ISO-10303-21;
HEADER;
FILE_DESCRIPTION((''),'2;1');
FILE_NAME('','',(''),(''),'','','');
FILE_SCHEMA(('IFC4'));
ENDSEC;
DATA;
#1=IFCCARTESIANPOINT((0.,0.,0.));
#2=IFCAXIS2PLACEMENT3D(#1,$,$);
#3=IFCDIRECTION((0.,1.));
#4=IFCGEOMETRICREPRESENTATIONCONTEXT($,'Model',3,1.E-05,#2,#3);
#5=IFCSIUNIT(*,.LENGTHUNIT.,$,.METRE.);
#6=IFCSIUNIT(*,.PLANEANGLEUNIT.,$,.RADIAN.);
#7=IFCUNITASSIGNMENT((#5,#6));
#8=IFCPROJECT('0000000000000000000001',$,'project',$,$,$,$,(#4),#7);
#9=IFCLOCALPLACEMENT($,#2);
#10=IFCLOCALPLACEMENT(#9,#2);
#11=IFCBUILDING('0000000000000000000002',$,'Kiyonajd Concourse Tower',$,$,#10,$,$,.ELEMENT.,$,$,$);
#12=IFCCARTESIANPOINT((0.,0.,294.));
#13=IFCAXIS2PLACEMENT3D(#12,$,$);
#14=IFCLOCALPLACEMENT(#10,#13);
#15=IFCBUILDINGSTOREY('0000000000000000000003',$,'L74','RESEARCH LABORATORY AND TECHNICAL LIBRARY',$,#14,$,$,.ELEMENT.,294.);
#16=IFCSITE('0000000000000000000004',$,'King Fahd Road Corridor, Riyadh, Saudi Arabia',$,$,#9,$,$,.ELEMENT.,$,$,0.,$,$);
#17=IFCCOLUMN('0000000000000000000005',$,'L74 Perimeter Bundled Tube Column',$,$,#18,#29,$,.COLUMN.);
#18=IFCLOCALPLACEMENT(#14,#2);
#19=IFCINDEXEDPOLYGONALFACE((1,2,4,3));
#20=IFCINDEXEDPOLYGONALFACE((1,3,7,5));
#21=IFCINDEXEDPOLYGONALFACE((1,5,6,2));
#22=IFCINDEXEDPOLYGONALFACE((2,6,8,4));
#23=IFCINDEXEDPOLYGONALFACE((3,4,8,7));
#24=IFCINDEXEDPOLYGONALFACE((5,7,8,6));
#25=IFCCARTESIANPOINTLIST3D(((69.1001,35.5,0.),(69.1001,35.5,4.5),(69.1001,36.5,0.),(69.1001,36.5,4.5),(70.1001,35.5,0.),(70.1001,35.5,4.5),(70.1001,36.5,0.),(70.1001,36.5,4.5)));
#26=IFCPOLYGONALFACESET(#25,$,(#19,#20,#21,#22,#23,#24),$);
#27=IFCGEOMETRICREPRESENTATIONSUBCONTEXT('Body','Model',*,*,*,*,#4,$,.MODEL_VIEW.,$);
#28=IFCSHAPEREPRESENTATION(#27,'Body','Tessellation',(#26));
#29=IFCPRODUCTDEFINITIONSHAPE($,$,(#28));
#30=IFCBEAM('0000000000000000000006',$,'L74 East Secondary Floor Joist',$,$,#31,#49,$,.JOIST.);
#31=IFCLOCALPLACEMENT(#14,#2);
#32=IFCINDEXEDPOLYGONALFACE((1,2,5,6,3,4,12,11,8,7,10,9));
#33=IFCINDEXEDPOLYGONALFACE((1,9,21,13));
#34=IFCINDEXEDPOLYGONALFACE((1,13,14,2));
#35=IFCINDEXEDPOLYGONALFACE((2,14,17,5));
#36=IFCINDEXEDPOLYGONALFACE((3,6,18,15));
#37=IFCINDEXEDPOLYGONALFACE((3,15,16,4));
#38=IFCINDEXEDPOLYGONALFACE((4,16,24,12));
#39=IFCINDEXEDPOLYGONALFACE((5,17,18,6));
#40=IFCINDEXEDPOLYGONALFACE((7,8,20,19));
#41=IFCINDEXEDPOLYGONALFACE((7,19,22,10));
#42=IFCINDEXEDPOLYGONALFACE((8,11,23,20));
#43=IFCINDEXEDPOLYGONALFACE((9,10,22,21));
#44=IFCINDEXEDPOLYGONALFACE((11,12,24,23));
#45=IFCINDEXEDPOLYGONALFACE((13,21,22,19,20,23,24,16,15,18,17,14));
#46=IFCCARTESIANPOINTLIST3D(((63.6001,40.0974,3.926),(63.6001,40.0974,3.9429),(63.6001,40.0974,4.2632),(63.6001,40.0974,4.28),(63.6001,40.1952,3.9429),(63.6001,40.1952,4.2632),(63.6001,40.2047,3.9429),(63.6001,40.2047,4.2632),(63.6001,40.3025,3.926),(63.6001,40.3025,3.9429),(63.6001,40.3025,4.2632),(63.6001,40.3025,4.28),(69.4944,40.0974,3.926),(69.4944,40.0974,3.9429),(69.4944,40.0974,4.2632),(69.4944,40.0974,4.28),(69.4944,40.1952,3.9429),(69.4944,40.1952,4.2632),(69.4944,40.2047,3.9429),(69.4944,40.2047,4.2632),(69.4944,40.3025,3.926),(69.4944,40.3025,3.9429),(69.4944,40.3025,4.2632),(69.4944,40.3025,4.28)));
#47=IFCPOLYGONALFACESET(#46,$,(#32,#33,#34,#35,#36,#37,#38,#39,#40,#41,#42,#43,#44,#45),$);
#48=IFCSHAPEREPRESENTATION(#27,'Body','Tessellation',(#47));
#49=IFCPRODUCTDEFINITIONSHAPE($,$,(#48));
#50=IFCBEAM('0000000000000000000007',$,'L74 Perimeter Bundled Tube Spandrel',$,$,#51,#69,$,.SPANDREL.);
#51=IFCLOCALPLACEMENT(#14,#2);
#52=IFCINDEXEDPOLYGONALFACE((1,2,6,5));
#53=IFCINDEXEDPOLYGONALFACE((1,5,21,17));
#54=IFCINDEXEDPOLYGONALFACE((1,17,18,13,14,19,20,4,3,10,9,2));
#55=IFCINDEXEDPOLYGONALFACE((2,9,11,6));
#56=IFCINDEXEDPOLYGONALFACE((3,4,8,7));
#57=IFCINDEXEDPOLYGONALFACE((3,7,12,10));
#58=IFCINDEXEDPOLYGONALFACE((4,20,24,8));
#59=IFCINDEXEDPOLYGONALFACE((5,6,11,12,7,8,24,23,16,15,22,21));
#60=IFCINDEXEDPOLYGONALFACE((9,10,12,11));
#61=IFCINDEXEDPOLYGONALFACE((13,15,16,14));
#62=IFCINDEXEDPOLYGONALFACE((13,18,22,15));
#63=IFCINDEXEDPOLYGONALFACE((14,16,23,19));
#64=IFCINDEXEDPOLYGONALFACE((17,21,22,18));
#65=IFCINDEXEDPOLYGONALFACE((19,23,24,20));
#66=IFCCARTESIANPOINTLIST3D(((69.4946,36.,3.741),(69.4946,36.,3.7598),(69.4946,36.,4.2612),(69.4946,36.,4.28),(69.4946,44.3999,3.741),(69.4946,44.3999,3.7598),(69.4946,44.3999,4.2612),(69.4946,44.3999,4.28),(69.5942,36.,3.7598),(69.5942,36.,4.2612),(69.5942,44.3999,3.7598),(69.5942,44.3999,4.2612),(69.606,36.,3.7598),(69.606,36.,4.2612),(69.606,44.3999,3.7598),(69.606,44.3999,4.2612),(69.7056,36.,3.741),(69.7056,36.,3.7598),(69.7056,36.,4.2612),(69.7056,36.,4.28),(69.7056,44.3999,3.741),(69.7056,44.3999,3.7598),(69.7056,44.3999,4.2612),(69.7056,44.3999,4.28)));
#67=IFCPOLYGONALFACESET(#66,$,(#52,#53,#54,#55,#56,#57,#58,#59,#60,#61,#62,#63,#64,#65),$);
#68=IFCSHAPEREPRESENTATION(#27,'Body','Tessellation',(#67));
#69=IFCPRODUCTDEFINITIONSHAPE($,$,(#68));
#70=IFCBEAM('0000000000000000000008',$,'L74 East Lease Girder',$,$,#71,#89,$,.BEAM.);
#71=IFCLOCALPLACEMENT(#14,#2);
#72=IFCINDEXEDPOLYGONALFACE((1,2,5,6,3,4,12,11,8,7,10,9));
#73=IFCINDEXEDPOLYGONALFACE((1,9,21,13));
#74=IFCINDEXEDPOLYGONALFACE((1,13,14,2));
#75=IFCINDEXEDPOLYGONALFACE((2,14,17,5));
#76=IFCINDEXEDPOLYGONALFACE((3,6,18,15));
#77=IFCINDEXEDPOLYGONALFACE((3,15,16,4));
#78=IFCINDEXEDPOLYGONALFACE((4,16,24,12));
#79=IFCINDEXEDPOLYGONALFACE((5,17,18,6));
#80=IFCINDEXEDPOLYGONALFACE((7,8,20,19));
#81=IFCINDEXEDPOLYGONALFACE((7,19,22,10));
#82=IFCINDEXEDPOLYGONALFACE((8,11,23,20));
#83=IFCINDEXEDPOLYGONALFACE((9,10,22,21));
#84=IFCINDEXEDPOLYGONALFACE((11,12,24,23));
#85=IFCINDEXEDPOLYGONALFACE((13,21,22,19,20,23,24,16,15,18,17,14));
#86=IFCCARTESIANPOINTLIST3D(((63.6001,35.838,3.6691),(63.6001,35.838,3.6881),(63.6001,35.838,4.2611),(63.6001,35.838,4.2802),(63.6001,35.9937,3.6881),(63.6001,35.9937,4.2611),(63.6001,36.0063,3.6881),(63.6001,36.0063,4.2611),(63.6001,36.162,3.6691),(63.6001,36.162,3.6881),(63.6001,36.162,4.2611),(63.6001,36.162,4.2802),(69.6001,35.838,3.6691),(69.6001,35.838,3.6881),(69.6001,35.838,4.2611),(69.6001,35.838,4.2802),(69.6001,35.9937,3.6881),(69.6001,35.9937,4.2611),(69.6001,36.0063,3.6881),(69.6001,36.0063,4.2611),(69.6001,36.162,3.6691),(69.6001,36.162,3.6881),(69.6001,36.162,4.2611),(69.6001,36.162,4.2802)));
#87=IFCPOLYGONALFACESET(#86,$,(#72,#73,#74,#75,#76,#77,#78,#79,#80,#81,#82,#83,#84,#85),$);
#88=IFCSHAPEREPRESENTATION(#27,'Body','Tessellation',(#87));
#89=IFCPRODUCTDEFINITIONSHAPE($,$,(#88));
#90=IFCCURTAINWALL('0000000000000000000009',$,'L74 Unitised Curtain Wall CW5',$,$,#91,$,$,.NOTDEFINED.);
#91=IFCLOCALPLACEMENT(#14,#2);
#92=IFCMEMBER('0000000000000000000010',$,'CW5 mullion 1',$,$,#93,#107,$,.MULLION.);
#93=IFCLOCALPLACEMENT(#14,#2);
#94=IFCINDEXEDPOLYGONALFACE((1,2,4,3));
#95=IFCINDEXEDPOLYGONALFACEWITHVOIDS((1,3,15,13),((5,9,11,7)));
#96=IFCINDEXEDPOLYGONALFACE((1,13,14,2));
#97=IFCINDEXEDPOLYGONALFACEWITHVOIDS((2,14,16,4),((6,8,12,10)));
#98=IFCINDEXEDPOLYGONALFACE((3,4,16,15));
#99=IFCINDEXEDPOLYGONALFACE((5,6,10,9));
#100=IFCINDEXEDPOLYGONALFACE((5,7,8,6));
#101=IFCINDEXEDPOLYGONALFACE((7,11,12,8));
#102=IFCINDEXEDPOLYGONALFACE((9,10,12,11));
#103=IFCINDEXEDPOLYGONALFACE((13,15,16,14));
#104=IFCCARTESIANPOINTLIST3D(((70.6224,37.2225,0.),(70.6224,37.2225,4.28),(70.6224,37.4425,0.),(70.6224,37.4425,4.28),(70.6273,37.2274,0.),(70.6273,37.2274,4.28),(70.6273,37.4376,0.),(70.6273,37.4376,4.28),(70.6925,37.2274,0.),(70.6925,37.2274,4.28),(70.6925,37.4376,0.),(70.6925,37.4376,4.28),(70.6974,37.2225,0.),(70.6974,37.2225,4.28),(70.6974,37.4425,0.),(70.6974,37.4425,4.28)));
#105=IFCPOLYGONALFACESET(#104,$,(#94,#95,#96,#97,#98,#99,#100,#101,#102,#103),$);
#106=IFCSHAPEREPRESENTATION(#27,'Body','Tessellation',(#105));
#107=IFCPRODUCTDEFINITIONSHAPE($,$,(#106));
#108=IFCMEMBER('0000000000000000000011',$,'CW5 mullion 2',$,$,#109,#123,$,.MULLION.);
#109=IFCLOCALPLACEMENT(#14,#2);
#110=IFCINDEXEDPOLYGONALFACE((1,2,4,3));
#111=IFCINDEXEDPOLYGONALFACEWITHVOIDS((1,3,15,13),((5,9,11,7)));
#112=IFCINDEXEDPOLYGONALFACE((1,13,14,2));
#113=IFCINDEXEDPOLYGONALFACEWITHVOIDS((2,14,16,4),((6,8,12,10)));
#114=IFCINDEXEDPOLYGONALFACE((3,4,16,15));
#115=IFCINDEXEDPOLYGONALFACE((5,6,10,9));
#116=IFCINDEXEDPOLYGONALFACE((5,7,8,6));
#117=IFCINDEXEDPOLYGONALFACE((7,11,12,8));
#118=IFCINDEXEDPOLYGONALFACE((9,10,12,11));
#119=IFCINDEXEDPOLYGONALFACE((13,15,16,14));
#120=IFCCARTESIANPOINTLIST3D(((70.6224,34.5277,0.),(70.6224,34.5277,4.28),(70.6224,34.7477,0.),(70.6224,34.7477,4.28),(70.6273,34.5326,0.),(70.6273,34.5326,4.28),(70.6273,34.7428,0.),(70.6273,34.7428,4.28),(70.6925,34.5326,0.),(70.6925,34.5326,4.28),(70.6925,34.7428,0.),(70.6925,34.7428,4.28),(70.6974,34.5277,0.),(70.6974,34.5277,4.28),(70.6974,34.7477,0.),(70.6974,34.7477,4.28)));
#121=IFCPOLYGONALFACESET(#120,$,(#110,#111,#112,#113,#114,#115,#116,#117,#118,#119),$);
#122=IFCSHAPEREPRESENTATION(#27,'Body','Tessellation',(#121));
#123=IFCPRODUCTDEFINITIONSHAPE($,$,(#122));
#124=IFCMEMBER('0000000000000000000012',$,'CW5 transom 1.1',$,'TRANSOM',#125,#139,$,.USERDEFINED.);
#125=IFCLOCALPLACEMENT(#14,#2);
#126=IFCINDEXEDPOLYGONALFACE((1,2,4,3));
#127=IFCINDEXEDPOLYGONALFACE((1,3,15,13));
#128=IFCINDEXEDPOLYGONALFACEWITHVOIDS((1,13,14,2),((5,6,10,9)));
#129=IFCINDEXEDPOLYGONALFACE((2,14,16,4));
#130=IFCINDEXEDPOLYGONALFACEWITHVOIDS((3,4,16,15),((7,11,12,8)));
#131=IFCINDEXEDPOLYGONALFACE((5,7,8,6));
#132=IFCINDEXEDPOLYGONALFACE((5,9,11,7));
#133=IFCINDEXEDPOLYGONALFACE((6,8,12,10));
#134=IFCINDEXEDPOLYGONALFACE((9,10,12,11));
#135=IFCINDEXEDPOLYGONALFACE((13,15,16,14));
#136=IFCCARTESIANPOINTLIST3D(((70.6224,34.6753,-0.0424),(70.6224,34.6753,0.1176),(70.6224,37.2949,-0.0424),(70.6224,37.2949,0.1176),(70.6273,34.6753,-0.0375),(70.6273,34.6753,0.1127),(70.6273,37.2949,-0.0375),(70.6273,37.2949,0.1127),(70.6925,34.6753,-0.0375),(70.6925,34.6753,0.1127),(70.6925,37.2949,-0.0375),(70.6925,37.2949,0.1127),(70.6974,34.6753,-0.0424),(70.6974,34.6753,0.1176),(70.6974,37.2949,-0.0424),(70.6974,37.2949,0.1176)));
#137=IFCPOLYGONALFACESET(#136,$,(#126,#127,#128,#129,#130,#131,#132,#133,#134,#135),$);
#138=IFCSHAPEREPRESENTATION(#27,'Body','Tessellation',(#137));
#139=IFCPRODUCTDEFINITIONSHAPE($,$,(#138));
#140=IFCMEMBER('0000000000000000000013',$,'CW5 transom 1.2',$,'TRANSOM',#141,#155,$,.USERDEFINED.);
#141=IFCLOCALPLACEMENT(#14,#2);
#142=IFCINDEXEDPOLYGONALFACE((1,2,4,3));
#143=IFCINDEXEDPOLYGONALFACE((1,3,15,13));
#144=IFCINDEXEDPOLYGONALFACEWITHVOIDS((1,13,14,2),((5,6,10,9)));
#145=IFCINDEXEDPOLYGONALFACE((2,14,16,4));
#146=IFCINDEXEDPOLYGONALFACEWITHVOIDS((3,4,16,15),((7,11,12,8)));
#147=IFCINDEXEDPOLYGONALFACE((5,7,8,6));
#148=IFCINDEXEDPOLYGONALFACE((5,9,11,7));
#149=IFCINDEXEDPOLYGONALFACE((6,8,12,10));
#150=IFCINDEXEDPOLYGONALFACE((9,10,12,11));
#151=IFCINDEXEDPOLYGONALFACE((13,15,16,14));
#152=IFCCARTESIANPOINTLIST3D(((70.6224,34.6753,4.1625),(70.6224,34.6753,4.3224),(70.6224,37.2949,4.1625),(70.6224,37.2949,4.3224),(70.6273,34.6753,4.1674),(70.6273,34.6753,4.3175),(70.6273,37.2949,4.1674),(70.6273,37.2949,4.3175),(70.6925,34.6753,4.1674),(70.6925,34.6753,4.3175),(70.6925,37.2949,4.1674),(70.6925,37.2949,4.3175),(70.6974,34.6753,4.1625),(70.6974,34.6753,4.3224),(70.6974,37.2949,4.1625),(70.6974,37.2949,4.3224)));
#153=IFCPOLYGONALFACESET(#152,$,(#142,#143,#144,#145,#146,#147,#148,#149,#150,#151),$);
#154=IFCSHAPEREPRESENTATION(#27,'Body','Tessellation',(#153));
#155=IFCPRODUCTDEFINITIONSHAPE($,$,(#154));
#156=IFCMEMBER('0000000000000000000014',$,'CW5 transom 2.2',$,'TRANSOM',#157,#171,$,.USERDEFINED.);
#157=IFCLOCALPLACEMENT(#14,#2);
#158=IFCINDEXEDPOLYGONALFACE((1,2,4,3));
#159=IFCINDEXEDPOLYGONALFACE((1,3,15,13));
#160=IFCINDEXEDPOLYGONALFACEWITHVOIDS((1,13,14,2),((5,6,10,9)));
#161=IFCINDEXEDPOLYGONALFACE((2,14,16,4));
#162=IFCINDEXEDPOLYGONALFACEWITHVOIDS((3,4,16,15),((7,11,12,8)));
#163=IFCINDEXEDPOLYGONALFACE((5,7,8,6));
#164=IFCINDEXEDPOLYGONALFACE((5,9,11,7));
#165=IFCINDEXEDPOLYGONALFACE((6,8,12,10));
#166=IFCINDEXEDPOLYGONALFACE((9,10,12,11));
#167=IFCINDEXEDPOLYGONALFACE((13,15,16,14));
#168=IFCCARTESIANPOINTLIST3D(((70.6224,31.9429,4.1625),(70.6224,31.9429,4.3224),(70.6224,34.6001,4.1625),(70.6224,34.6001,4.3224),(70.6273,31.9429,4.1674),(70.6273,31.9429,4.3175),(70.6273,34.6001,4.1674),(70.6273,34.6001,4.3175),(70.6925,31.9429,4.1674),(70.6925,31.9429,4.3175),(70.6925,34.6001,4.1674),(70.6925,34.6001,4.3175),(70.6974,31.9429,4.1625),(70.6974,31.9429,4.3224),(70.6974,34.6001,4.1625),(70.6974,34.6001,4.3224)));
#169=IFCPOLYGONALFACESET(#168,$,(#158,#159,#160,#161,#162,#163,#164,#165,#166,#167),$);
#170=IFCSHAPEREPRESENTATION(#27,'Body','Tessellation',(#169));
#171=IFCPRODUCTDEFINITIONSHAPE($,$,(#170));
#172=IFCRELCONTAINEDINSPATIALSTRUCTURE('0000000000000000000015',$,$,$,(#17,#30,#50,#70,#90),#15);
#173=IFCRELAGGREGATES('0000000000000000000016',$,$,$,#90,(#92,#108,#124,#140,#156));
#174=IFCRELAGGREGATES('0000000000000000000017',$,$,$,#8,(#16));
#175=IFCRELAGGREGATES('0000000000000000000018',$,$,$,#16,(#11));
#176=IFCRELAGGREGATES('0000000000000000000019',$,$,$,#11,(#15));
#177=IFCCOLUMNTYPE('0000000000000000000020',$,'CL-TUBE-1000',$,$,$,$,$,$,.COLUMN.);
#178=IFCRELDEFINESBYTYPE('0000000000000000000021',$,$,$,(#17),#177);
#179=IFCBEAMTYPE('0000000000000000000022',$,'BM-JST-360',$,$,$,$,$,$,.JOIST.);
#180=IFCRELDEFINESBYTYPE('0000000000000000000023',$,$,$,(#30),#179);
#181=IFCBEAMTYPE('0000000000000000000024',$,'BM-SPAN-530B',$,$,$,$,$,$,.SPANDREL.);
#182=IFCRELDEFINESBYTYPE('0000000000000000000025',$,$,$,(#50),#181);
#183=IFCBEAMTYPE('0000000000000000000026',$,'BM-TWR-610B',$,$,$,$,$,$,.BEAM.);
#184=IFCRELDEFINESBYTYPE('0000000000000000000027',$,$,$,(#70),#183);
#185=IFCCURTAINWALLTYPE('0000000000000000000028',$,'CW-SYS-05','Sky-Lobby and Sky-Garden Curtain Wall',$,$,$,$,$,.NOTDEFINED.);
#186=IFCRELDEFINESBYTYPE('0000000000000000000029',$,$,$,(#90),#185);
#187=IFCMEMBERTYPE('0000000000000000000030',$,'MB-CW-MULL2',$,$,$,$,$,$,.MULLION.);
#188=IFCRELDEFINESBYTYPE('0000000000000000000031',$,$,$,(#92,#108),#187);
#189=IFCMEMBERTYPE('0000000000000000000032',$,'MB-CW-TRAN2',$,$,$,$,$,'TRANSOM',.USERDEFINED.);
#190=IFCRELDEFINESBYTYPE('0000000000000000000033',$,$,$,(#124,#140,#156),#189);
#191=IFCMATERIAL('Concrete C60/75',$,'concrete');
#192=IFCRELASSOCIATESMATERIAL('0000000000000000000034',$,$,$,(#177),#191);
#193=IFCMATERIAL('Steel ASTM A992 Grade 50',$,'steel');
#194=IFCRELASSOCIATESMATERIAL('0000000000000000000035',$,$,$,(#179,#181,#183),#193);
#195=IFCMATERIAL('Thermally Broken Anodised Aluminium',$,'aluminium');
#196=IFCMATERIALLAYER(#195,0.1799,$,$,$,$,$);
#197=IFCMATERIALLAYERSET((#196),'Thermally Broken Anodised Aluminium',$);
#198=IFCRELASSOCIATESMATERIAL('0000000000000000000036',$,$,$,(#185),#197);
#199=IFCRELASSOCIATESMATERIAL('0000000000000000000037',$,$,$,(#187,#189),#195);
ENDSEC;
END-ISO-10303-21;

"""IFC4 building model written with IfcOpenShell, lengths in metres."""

from ifc_helpers import new_model, si_unit, direction, frame, origin, origin_2d, place, context, subcontext, project, spatial, rectangle, hollow_rectangle, i_section, extrude, material, layer, layer_set, material_profile, profile_set, type_object, element, aggregate, save


model = new_model("IFC4")

# Units and contexts
model_context = context("Model", 3, precision=1e-05, world=origin(), true_north=direction((0.0, 1.0)))
body_context = subcontext(model_context, "Body", "Model", "MODEL_VIEW")
ifc_project = project(units=[si_unit("LENGTHUNIT", "METRE"), si_unit("PLANEANGLEUNIT", "RADIAN")], contexts=[model_context])

# Site, building, storey
site_placement = place(None, origin())
site = spatial("IfcSite", under=ifc_project, at=site_placement, Name="King Fahd Road Corridor, Riyadh, Saudi Arabia", CompositionType="ELEMENT", RefElevation=0.0)
building_placement = place(site_placement, origin())
building = spatial("IfcBuilding", under=site, at=building_placement, Name="Kiyonajd Concourse Tower", CompositionType="ELEMENT")
storey_placement = place(building_placement, frame((0.0, 0.0, 294.0)))
storey = spatial("IfcBuildingStorey", under=building, at=storey_placement, Name="L74", Description="RESEARCH LABORATORY AND TECHNICAL LIBRARY", CompositionType="ELEMENT", Elevation=294.0)

# Column
ifc_material_1 = material(Name="Concrete C60/75", Category="concrete")
ifc_material_profile_1 = material_profile(ifc_material_1, rectangle(XDim=1.0, YDim=1.0, at=origin_2d()), Name="RC-1000x1000")
ifc_profile_set_1 = profile_set([ifc_material_profile_1], Name="Concrete C60/75")
column_type = type_object("IfcColumnType", Name="CL-TUBE-1000", PredefinedType="COLUMN", material=ifc_profile_set_1)
column_placement = place(storey_placement, frame((69.6001, 36.0, 0.0), z_axis=(0.0, 0.0, 1.0), x_axis=(1.0, 0.0, 0.0)))
element("IfcColumn", 1, at=column_placement, inside=storey, type_object=column_type, Name="L74 Perimeter Bundled Tube Column", PredefinedType="COLUMN", context=body_context, shape_type="SweptSolid", body=[
    extrude(rectangle(XDim=1.0, YDim=1.0, at=origin_2d()), origin(), (0.0, 0.0, 1.0), 4.5),
])

# Beams
ifc_material_2 = material(Name="Steel ASTM A992 Grade 50", Category="steel")
ifc_material_profile_2 = material_profile(ifc_material_2, i_section(OverallWidth=0.2051, OverallDepth=0.354, WebThickness=0.0095, FlangeThickness=0.0168, at=origin_2d()), Name="W360X79")
ifc_profile_set_2 = profile_set([ifc_material_profile_2], Name="Steel ASTM A992 Grade 50")
beam_type_1 = type_object("IfcBeamType", Name="BM-JST-360", PredefinedType="JOIST", material=ifc_profile_set_2)
beam_1_placement = place(storey_placement, frame((63.6001, 40.2, 4.103), z_axis=(1.0, 0.0, 0.0), x_axis=(0.0, 1.0, 0.0)))
element("IfcBeam", 2, at=beam_1_placement, inside=storey, type_object=beam_type_1, Name="L74 East Secondary Floor Joist", PredefinedType="JOIST", context=body_context, shape_type="SweptSolid", body=[
    extrude(i_section(OverallWidth=0.2051, OverallDepth=0.354, WebThickness=0.0095, FlangeThickness=0.0168, at=origin_2d()), origin(), (0.0, 0.0, 1.0), 5.8943),
])
ifc_material_profile_3 = material_profile(ifc_material_2, i_section(OverallWidth=0.2109, OverallDepth=0.5391, WebThickness=0.0117, FlangeThickness=0.0188, at=origin_2d()), Name="W530X109")
ifc_profile_set_3 = profile_set([ifc_material_profile_3], Name="Steel ASTM A992 Grade 50")
beam_type_2 = type_object("IfcBeamType", Name="BM-SPAN-530B", PredefinedType="SPANDREL", material=ifc_profile_set_3)
beam_2_placement = place(storey_placement, frame((69.6001, 36.0, 4.0105), z_axis=(0.0, 1.0, 0.0), x_axis=(-1.0, 0.0, 0.0)))
element("IfcBeam", 3, at=beam_2_placement, inside=storey, type_object=beam_type_2, Name="L74 Perimeter Bundled Tube Spandrel", PredefinedType="SPANDREL", context=body_context, shape_type="SweptSolid", body=[
    extrude(i_section(OverallWidth=0.2109, OverallDepth=0.5391, WebThickness=0.0117, FlangeThickness=0.0188, at=origin_2d()), origin(), (0.0, 0.0, 1.0), 8.3999),
])
ifc_material_profile_4 = material_profile(ifc_material_2, i_section(OverallWidth=0.324, OverallDepth=0.6111, WebThickness=0.0127, FlangeThickness=0.019, at=origin_2d()), Name="W610X155")
ifc_profile_set_4 = profile_set([ifc_material_profile_4], Name="Steel ASTM A992 Grade 50")
beam_type_3 = type_object("IfcBeamType", Name="BM-TWR-610B", PredefinedType="BEAM", material=ifc_profile_set_4)
beam_3_placement = place(storey_placement, frame((63.6001, 36.0, 3.9746), z_axis=(1.0, 0.0, 0.0), x_axis=(0.0, 1.0, 0.0)))
element("IfcBeam", 4, at=beam_3_placement, inside=storey, type_object=beam_type_3, Name="L74 East Lease Girder", PredefinedType="BEAM", context=body_context, shape_type="SweptSolid", body=[
    extrude(i_section(OverallWidth=0.324, OverallDepth=0.6111, WebThickness=0.0127, FlangeThickness=0.019, at=origin_2d()), origin(), (0.0, 0.0, 1.0), 6.0),
])

# Curtain wall, members
ifc_material_3 = material(Name="Thermally Broken Anodised Aluminium", Category="aluminium")
ifc_layer_1 = layer(ifc_material_3, 0.1799)
ifc_layer_set_1 = layer_set([ifc_layer_1], Name="Thermally Broken Anodised Aluminium")
curtain_wall_type = type_object("IfcCurtainWallType", Name="CW-SYS-05", Description="Sky-Lobby and Sky-Garden Curtain Wall", PredefinedType="NOTDEFINED", material=ifc_layer_set_1)
curtain_wall_placement = place(storey_placement, origin())
curtain_wall = element("IfcCurtainWall", 5, at=curtain_wall_placement, inside=storey, type_object=curtain_wall_type, Name="L74 Unitised Curtain Wall CW5", PredefinedType="NOTDEFINED")
ifc_material_profile_5 = material_profile(ifc_material_3, hollow_rectangle(XDim=0.075, YDim=0.22, WallThickness=0.0049, at=origin_2d()), Name="MULL-75x220")
ifc_profile_set_5 = profile_set([ifc_material_profile_5], Name="Thermally Broken Anodised Aluminium")
member_type_1 = type_object("IfcMemberType", Name="MB-CW-MULL2", PredefinedType="MULLION", material=ifc_profile_set_5)
member_1_placement = place(storey_placement, frame((70.6599, 37.3325, 0.0), z_axis=(0.0, 0.0, 1.0), x_axis=(1.0, 0.0, 0.0)))
member_1 = element("IfcMember", 6, at=member_1_placement, type_object=member_type_1, Name="CW5 mullion 1", PredefinedType="MULLION", context=body_context, shape_type="SweptSolid", body=[
    extrude(hollow_rectangle(XDim=0.075, YDim=0.22, WallThickness=0.0049, at=origin_2d()), origin(), (0.0, 0.0, 1.0), 4.28),
])
member_2_placement = place(storey_placement, frame((70.6599, 34.6377, 0.0), z_axis=(0.0, 0.0, 1.0), x_axis=(1.0, 0.0, 0.0)))
member_2 = element("IfcMember", 7, at=member_2_placement, type_object=member_type_1, Name="CW5 mullion 2", PredefinedType="MULLION", context=body_context, shape_type="SweptSolid", body=[
    extrude(hollow_rectangle(XDim=0.075, YDim=0.22, WallThickness=0.0049, at=origin_2d()), origin(), (0.0, 0.0, 1.0), 4.28),
])
ifc_material_profile_6 = material_profile(ifc_material_3, hollow_rectangle(XDim=0.075, YDim=0.1599, WallThickness=0.0049, at=origin_2d()), Name="TRAN-75x160")
ifc_profile_set_6 = profile_set([ifc_material_profile_6], Name="Thermally Broken Anodised Aluminium")
member_type_2 = type_object("IfcMemberType", Name="MB-CW-TRAN2", ElementType="TRANSOM", PredefinedType="USERDEFINED", material=ifc_profile_set_6)
member_3_placement = place(storey_placement, frame((70.6599, 37.2949, 0.0376), z_axis=(0.0, -1.0, 0.0), x_axis=(1.0, 0.0, 0.0)))
member_3 = element("IfcMember", 8, at=member_3_placement, type_object=member_type_2, Name="CW5 transom 1.1", ObjectType="TRANSOM", PredefinedType="USERDEFINED", context=body_context, shape_type="SweptSolid", body=[
    extrude(hollow_rectangle(XDim=0.075, YDim=0.1599, WallThickness=0.0049, at=origin_2d()), origin(), (0.0, 0.0, 1.0), 2.6196),
])
member_4_placement = place(storey_placement, frame((70.6599, 37.2949, 4.2424), z_axis=(0.0, -1.0, 0.0), x_axis=(1.0, 0.0, 0.0)))
member_4 = element("IfcMember", 9, at=member_4_placement, type_object=member_type_2, Name="CW5 transom 1.2", ObjectType="TRANSOM", PredefinedType="USERDEFINED", context=body_context, shape_type="SweptSolid", body=[
    extrude(hollow_rectangle(XDim=0.075, YDim=0.1599, WallThickness=0.0049, at=origin_2d()), origin(), (0.0, 0.0, 1.0), 2.6196),
])
member_5_placement = place(storey_placement, frame((70.6599, 34.6001, 4.2424), z_axis=(0.0, -1.0, 0.0), x_axis=(1.0, 0.0, 0.0)))
member_5 = element("IfcMember", 10, at=member_5_placement, type_object=member_type_2, Name="CW5 transom 2.2", ObjectType="TRANSOM", PredefinedType="USERDEFINED", context=body_context, shape_type="SweptSolid", body=[
    extrude(hollow_rectangle(XDim=0.075, YDim=0.1599, WallThickness=0.0049, at=origin_2d()), origin(), (0.0, 0.0, 1.0), 2.6572),
])
aggregate(curtain_wall, [member_1, member_2, member_3, member_4, member_5])

save(model, "model.ifc")
